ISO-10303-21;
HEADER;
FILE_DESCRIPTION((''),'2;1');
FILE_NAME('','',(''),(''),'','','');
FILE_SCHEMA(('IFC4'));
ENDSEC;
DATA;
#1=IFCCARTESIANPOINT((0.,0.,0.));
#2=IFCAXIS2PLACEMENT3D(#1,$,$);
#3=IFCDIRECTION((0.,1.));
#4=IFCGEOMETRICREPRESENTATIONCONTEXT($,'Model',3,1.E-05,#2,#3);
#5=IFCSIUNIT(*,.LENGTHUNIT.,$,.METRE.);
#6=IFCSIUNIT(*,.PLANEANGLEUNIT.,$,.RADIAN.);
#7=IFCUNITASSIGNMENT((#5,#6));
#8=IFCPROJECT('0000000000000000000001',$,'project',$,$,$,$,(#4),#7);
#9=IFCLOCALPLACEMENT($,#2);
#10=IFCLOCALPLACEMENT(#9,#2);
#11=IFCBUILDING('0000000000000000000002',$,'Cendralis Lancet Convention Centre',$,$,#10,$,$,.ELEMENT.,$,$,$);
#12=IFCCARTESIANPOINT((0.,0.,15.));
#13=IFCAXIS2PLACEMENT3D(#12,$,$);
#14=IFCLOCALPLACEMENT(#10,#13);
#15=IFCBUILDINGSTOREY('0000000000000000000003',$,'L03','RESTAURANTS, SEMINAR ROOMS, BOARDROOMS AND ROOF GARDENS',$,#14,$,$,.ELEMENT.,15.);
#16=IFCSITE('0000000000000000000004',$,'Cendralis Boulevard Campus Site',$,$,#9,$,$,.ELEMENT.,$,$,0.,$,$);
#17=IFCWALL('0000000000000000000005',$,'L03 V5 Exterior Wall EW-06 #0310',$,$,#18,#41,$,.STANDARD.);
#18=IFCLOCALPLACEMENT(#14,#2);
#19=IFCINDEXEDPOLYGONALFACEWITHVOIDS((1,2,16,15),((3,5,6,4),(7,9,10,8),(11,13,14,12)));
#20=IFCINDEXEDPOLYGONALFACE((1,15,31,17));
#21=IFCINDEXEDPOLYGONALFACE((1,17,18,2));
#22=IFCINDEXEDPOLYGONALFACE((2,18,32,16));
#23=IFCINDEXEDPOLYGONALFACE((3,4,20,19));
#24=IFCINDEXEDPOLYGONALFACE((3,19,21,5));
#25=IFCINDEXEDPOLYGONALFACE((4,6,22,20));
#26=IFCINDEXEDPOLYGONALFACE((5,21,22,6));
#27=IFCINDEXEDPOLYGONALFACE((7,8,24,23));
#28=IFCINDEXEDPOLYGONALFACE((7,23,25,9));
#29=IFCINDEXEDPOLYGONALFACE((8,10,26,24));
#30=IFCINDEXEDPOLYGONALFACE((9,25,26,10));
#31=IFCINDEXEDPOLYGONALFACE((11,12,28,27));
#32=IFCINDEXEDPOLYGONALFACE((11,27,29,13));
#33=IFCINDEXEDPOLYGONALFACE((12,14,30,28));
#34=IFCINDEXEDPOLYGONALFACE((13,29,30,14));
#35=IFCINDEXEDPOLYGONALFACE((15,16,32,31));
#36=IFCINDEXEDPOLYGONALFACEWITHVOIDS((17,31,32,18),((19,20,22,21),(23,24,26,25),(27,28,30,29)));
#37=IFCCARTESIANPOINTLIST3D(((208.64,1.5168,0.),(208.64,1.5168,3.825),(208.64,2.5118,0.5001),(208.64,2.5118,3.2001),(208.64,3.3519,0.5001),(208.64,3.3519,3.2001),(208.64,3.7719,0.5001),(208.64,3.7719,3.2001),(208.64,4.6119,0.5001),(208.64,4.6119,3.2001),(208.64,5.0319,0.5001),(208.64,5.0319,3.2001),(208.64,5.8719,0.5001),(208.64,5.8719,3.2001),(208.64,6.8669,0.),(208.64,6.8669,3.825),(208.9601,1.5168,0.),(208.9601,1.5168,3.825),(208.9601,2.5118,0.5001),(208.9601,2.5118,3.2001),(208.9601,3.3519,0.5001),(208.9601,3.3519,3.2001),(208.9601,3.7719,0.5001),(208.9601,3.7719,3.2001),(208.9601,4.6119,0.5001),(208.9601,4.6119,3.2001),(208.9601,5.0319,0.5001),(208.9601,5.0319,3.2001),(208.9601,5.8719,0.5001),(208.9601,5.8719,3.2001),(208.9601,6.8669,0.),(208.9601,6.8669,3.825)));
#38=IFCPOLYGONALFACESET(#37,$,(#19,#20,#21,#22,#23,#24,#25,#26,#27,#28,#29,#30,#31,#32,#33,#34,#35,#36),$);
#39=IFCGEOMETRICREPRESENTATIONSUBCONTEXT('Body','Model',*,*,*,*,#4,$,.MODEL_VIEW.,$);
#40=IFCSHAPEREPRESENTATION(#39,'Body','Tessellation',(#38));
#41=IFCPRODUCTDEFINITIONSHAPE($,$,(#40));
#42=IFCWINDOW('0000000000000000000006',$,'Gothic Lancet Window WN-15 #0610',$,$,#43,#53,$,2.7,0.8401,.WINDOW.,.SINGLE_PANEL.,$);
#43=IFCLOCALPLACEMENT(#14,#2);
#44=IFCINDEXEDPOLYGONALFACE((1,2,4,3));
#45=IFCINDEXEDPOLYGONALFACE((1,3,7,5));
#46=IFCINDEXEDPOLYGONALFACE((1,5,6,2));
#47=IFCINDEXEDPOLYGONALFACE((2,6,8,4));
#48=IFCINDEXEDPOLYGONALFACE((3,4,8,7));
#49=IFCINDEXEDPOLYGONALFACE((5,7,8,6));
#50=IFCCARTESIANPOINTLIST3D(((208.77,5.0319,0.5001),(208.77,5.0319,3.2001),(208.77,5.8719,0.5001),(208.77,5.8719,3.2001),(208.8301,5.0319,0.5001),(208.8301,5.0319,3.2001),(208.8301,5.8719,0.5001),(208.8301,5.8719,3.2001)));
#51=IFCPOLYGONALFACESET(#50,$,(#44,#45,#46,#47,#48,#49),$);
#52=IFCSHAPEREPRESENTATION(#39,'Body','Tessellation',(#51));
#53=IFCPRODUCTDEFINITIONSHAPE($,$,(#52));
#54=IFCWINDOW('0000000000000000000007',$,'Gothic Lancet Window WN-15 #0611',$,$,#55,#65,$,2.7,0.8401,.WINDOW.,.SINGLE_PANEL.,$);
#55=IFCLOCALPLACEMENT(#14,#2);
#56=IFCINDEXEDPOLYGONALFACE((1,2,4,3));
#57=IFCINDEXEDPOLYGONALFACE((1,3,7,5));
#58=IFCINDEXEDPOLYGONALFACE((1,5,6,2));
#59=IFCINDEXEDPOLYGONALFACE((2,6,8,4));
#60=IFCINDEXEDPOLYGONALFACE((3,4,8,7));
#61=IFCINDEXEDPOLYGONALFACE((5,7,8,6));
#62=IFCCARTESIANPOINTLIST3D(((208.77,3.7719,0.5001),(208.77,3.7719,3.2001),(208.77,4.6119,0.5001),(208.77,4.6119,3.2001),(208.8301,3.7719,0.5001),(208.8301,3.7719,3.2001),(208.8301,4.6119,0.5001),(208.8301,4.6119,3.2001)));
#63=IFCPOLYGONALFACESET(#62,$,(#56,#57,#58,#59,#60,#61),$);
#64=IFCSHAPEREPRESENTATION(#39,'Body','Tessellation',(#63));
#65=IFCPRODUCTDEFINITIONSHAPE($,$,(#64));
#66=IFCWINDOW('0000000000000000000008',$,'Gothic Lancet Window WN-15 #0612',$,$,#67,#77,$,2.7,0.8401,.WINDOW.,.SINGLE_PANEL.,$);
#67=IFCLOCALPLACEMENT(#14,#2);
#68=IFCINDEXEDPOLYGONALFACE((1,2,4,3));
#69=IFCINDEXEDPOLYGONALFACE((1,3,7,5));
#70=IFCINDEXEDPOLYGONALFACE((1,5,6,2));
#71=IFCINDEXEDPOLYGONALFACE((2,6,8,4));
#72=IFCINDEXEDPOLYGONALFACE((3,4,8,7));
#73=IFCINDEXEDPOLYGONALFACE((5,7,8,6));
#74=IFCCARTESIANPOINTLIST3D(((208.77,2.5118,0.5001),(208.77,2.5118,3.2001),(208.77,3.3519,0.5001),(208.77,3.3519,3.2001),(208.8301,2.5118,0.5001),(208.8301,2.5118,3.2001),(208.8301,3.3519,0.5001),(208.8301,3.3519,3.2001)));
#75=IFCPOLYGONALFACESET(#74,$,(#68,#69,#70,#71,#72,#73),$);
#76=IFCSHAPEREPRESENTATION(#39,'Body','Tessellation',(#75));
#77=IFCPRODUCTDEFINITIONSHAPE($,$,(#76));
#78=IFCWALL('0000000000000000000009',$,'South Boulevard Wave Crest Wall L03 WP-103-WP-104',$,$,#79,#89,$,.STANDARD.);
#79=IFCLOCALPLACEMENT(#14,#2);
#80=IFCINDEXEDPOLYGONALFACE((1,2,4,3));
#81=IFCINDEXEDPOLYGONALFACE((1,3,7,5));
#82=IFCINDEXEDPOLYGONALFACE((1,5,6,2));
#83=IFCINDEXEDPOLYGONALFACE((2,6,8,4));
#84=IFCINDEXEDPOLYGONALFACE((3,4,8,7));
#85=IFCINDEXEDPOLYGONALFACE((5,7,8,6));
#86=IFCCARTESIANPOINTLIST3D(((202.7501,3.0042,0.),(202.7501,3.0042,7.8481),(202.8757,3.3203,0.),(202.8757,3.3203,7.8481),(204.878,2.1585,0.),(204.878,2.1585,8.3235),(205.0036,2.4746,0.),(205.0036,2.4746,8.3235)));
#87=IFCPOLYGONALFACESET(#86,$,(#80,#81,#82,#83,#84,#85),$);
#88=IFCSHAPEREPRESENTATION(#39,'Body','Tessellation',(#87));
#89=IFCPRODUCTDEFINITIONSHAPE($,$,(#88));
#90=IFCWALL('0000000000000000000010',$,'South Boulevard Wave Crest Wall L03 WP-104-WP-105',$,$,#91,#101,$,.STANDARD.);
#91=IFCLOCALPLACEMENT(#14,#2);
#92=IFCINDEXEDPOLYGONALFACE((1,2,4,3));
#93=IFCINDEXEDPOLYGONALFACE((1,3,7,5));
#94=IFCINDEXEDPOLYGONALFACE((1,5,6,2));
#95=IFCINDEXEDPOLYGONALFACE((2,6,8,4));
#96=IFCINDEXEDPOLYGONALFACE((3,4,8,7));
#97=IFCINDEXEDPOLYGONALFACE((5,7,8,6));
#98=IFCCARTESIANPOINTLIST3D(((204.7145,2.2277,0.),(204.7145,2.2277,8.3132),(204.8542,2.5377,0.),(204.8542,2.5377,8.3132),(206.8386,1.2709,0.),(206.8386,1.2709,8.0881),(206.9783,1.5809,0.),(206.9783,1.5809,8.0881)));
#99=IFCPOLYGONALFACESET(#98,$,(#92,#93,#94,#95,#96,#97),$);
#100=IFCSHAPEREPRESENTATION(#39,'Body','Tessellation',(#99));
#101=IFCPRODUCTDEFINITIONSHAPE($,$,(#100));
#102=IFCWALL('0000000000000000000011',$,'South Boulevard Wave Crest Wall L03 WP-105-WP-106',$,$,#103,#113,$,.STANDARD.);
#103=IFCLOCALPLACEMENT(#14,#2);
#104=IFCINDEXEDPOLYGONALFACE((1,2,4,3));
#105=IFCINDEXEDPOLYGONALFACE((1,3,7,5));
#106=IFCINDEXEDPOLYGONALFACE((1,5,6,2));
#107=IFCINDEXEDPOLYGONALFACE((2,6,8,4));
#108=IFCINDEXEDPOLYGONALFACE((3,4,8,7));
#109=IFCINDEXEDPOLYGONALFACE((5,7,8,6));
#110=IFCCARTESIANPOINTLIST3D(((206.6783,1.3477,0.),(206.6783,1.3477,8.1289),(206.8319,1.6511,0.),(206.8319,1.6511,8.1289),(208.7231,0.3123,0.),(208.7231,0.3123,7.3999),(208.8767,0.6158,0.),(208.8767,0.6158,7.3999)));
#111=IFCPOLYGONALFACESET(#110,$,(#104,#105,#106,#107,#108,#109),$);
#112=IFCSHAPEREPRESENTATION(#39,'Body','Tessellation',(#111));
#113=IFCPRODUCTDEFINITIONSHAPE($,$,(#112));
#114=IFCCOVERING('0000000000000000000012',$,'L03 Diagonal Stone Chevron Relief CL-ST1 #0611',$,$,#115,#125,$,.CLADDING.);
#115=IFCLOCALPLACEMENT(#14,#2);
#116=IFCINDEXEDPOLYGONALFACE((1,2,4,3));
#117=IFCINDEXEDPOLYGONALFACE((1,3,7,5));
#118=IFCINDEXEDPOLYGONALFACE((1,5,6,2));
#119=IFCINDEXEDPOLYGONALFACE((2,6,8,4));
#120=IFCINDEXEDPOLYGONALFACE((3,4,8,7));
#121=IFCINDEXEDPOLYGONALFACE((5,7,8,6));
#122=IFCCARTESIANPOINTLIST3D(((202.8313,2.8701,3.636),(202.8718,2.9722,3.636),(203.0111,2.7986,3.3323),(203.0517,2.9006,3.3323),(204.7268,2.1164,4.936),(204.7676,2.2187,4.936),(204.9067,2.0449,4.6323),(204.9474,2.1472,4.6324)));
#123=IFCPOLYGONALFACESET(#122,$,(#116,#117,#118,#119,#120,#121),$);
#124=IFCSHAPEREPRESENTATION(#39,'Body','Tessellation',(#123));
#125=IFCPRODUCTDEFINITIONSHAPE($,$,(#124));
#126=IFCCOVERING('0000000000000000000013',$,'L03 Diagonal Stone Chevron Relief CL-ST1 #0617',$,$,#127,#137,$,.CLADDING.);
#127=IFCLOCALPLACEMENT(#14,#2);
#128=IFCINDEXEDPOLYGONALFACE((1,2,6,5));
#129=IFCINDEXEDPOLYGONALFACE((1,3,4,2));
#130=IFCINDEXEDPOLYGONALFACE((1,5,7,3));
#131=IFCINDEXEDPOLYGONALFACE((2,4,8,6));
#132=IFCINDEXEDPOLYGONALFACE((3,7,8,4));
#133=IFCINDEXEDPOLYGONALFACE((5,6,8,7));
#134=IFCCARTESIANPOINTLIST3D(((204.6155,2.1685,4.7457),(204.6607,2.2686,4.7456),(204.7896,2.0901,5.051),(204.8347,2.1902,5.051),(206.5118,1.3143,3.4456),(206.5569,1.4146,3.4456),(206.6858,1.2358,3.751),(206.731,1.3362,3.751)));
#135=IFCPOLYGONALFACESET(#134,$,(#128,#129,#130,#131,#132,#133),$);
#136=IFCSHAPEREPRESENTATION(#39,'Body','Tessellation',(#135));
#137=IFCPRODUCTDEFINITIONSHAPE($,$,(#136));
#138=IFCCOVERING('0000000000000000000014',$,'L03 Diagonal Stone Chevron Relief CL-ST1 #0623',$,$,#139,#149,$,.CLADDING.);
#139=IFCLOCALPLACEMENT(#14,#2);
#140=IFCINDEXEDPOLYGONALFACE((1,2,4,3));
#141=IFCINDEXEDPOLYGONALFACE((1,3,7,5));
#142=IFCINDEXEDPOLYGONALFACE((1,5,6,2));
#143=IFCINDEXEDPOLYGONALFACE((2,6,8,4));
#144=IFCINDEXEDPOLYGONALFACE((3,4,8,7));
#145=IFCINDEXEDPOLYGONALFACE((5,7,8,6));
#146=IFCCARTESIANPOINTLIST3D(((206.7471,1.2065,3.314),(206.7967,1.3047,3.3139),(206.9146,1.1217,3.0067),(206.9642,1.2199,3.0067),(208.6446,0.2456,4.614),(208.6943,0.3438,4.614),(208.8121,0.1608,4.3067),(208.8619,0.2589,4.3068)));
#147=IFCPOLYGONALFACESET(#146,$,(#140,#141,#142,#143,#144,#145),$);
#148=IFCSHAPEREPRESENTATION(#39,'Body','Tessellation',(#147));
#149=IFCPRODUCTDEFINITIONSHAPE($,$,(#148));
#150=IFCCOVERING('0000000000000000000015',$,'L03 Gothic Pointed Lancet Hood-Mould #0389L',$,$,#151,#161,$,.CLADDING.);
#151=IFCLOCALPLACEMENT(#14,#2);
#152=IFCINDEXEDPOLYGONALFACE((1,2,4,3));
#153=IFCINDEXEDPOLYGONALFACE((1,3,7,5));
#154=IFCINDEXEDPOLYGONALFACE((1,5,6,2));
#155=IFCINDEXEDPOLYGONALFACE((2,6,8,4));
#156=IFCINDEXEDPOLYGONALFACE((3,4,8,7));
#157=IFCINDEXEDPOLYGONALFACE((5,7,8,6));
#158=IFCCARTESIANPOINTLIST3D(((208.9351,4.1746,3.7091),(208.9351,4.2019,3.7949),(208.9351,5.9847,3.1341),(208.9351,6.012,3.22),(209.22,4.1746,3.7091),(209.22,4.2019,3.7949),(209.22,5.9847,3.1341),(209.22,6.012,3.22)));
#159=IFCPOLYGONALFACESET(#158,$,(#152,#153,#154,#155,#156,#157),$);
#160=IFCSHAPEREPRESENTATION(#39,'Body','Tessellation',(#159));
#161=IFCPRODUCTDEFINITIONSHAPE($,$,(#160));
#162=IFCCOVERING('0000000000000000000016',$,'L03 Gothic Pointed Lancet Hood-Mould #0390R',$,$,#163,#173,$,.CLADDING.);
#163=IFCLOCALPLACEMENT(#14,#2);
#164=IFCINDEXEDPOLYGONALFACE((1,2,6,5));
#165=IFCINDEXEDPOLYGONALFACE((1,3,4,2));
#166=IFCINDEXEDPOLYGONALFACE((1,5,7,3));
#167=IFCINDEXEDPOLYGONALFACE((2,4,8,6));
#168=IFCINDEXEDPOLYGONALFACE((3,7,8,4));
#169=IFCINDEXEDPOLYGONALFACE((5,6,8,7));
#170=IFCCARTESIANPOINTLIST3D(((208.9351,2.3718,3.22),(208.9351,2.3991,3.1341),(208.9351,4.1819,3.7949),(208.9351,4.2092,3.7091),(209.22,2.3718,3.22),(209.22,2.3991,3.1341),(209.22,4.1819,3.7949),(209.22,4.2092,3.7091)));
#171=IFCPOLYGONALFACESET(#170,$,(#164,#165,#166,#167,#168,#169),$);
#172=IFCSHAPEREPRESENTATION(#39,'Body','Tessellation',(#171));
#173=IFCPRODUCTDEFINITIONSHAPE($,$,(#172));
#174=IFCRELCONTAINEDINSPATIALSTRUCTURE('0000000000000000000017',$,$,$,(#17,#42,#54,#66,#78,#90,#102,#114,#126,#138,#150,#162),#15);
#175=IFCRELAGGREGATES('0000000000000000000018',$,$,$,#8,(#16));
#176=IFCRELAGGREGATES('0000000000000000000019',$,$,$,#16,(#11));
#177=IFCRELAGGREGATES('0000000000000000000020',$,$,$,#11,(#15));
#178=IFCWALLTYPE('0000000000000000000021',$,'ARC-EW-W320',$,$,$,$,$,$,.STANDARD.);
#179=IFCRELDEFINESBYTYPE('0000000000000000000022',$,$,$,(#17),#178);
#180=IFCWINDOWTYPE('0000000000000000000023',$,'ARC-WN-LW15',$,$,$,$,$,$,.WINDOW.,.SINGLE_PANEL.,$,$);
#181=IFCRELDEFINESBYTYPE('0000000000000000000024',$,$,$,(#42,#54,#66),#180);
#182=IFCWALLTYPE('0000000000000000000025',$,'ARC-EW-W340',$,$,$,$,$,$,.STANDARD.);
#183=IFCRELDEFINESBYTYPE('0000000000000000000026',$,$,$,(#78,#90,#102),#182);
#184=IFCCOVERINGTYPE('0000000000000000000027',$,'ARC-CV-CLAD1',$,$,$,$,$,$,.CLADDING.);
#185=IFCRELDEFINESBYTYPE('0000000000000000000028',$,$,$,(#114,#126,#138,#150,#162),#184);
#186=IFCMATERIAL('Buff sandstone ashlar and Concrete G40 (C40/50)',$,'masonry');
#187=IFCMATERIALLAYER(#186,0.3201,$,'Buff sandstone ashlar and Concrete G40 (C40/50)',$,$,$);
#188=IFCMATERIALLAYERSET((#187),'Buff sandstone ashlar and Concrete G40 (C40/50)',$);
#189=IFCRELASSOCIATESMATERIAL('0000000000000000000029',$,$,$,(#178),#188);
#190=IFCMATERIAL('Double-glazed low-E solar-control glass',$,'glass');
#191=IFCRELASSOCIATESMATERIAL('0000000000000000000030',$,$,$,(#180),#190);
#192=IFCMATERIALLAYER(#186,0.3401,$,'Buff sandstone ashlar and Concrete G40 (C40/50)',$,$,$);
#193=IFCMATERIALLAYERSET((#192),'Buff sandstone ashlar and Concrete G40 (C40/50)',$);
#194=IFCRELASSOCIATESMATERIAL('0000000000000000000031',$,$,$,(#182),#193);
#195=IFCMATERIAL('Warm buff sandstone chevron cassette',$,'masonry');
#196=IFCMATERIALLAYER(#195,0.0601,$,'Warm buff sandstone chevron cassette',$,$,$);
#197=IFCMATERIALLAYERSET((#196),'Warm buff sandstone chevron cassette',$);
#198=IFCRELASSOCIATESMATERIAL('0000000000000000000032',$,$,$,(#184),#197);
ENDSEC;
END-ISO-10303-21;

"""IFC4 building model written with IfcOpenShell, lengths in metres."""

from ifc_helpers import new_model, si_unit, direction, frame, frame_2d, origin, place, context, subcontext, project, spatial, polyline, rectangle, outline, extrude, material, layer, layer_set, type_object, element, fill, save


model = new_model("IFC4")

# Units and contexts
model_context = context("Model", 3, precision=1e-05, world=origin(), true_north=direction((0.0, 1.0)))
body_context = subcontext(model_context, "Body", "Model", "MODEL_VIEW")
ifc_project = project(units=[si_unit("LENGTHUNIT", "METRE"), si_unit("PLANEANGLEUNIT", "RADIAN")], contexts=[model_context])

# Site, building, storey
site_placement = place(None, origin())
site = spatial("IfcSite", under=ifc_project, at=site_placement, Name="Cendralis Boulevard Campus Site", CompositionType="ELEMENT", RefElevation=0.0)
building_placement = place(site_placement, origin())
building = spatial("IfcBuilding", under=site, at=building_placement, Name="Cendralis Lancet Convention Centre", CompositionType="ELEMENT")
storey_placement = place(building_placement, frame((0.0, 0.0, 15.0)))
storey = spatial("IfcBuildingStorey", under=building, at=storey_placement, Name="L03", Description="RESTAURANTS, SEMINAR ROOMS, BOARDROOMS AND ROOF GARDENS", CompositionType="ELEMENT", Elevation=15.0)

# Shared definitions
ifc_material_1 = material(Name="Warm buff sandstone chevron cassette", Category="masonry")

# Wall, openings, windows
ifc_material_2 = material(Name="Buff sandstone ashlar and Concrete G40 (C40/50)", Category="masonry")
ifc_layer_1 = layer(ifc_material_2, 0.3201, Name="Buff sandstone ashlar and Concrete G40 (C40/50)")
ifc_layer_set_1 = layer_set([ifc_layer_1], Name="Buff sandstone ashlar and Concrete G40 (C40/50)")
wall_type_1 = type_object("IfcWallType", Name="ARC-EW-W320", PredefinedType="STANDARD", material=ifc_layer_set_1)
wall_1_placement = place(storey_placement, frame((208.8, 6.8669, 0.0), z_axis=(0.0, 0.0, 1.0), x_axis=(0.0, -1.0, 0.0)))
wall_1 = element("IfcWall", 1, at=wall_1_placement, inside=storey, type_object=wall_type_1, Name="L03 V5 Exterior Wall EW-06 #0310", PredefinedType="STANDARD", context=body_context, shape_type="SweptSolid", body=[
    extrude(rectangle(XDim=5.3501, YDim=0.3201, at=frame_2d((2.675, 0.0))), origin(), (0.0, 0.0, 1.0), 3.825),
])
opening_1_placement = place(wall_1_placement, frame((0.9951, 0.0, 0.5)))
opening_1 = element("IfcOpeningElement", 2, at=opening_1_placement, cuts=wall_1, PredefinedType="OPENING", context=body_context, shape_type="SweptSolid", body=[
    extrude(rectangle(XDim=0.8401, YDim=2.7, at=frame_2d((0.4199, 1.3501))), frame((0.0, 0.1699, 0.0), z_axis=(0.0, -1.0, 0.0), x_axis=(1.0, 0.0, 0.0)), (0.0, 0.0, 1.0), 0.3401),
])
opening_2_placement = place(wall_1_placement, frame((2.2551, 0.0, 0.5)))
opening_2 = element("IfcOpeningElement", 3, at=opening_2_placement, cuts=wall_1, PredefinedType="OPENING", context=body_context, shape_type="SweptSolid", body=[
    extrude(rectangle(XDim=0.8401, YDim=2.7, at=frame_2d((0.4199, 1.3501))), frame((0.0, 0.1699, 0.0), z_axis=(0.0, -1.0, 0.0), x_axis=(1.0, 0.0, 0.0)), (0.0, 0.0, 1.0), 0.3401),
])
opening_3_placement = place(wall_1_placement, frame((3.5151, 0.0, 0.5)))
opening_3 = element("IfcOpeningElement", 4, at=opening_3_placement, cuts=wall_1, PredefinedType="OPENING", context=body_context, shape_type="SweptSolid", body=[
    extrude(rectangle(XDim=0.8401, YDim=2.7, at=frame_2d((0.4199, 1.3501))), frame((0.0, 0.1699, 0.0), z_axis=(0.0, -1.0, 0.0), x_axis=(1.0, 0.0, 0.0)), (0.0, 0.0, 1.0), 0.3401),
])
ifc_material_3 = material(Name="Double-glazed low-E solar-control glass", Category="glass")
window_type = type_object("IfcWindowType", Name="ARC-WN-LW15", PartitioningType="SINGLE_PANEL", PredefinedType="WINDOW", material=ifc_material_3)
window_1_placement = place(opening_1_placement, origin())
window_1 = element("IfcWindow", 5, at=window_1_placement, inside=storey, type_object=window_type, Name="Gothic Lancet Window WN-15 #0610", OverallHeight=2.7, OverallWidth=0.8401, PartitioningType="SINGLE_PANEL", PredefinedType="WINDOW", context=body_context, shape_type="SweptSolid", body=[
    extrude(rectangle(XDim=0.8401, YDim=2.7, at=frame_2d((0.4199, 1.3501))), frame((0.0, 0.03, 0.0), z_axis=(0.0, -1.0, 0.0), x_axis=(1.0, 0.0, 0.0)), (0.0, 0.0, 1.0), 0.0601),
])
fill(opening_1, window_1)
window_2_placement = place(opening_2_placement, origin())
window_2 = element("IfcWindow", 6, at=window_2_placement, inside=storey, type_object=window_type, Name="Gothic Lancet Window WN-15 #0611", OverallHeight=2.7, OverallWidth=0.8401, PartitioningType="SINGLE_PANEL", PredefinedType="WINDOW", context=body_context, shape_type="SweptSolid", body=[
    extrude(rectangle(XDim=0.8401, YDim=2.7, at=frame_2d((0.4199, 1.3501))), frame((0.0, 0.03, 0.0), z_axis=(0.0, -1.0, 0.0), x_axis=(1.0, 0.0, 0.0)), (0.0, 0.0, 1.0), 0.0601),
])
fill(opening_2, window_2)
window_3_placement = place(opening_3_placement, origin())
window_3 = element("IfcWindow", 7, at=window_3_placement, inside=storey, type_object=window_type, Name="Gothic Lancet Window WN-15 #0612", OverallHeight=2.7, OverallWidth=0.8401, PartitioningType="SINGLE_PANEL", PredefinedType="WINDOW", context=body_context, shape_type="SweptSolid", body=[
    extrude(rectangle(XDim=0.8401, YDim=2.7, at=frame_2d((0.4199, 1.3501))), frame((0.0, 0.03, 0.0), z_axis=(0.0, -1.0, 0.0), x_axis=(1.0, 0.0, 0.0)), (0.0, 0.0, 1.0), 0.0601),
])
fill(opening_3, window_3)

# Walls
ifc_layer_2 = layer(ifc_material_2, 0.3401, Name="Buff sandstone ashlar and Concrete G40 (C40/50)")
ifc_layer_set_2 = layer_set([ifc_layer_2], Name="Buff sandstone ashlar and Concrete G40 (C40/50)")
wall_type_2 = type_object("IfcWallType", Name="ARC-EW-W340", PredefinedType="STANDARD", material=ifc_layer_set_2)
wall_2_placement = place(storey_placement, frame((202.813, 3.1624, 0.0), z_axis=(0.0, 0.0, 1.0), x_axis=(0.929298, -0.369331, 0.0)))
element("IfcWall", 8, at=wall_2_placement, inside=storey, type_object=wall_type_2, Name="South Boulevard Wave Crest Wall L03 WP-103-WP-104", PredefinedType="STANDARD", context=body_context, shape_type="SweptSolid", body=[
    extrude(outline(polyline([(0.0, 0.0), (2.2898, 0.0), (2.2898, 8.3235), (0.0, 7.8481), (0.0, 0.0)])), frame((0.0, 0.1699, 0.0), z_axis=(0.0, -1.0, 0.0), x_axis=(1.0, 0.0, 0.0)), (0.0, 0.0, 1.0), 0.3401),
])
wall_3_placement = place(storey_placement, frame((204.7844, 2.3828, 0.0), z_axis=(0.0, 0.0, 1.0), x_axis=(0.911765, -0.410713, 0.0)))
element("IfcWall", 9, at=wall_3_placement, inside=storey, type_object=wall_type_2, Name="South Boulevard Wave Crest Wall L03 WP-104-WP-105", PredefinedType="STANDARD", context=body_context, shape_type="SweptSolid", body=[
    extrude(outline(polyline([(0.0, 0.0), (2.3296, 0.0), (2.3296, 8.0881), (0.0, 8.3132), (0.0, 0.0)])), frame((0.0, 0.1699, 0.0), z_axis=(0.0, -1.0, 0.0), x_axis=(1.0, 0.0, 0.0)), (0.0, 0.0, 1.0), 0.3401),
])
wall_4_placement = place(storey_placement, frame((206.7551, 1.4995, 0.0), z_axis=(0.0, 0.0, 1.0), x_axis=(0.892158, -0.451724, 0.0)))
element("IfcWall", 10, at=wall_4_placement, inside=storey, type_object=wall_type_2, Name="South Boulevard Wave Crest Wall L03 WP-105-WP-106", PredefinedType="STANDARD", context=body_context, shape_type="SweptSolid", body=[
    extrude(outline(polyline([(0.0, 0.0), (2.292, 0.0), (2.292, 7.3999), (0.0, 8.1289), (0.0, 0.0)])), frame((0.0, 0.1699, 0.0), z_axis=(0.0, -1.0, 0.0), x_axis=(1.0, 0.0, 0.0)), (0.0, 0.0, 1.0), 0.3401),
])

# Coverings
ifc_layer_3 = layer(ifc_material_1, 0.0601, Name="Warm buff sandstone chevron cassette")
ifc_layer_set_3 = layer_set([ifc_layer_3], Name="Warm buff sandstone chevron cassette")
covering_type_1 = type_object("IfcCoveringType", Name="ARC-CV-CLAD1", PredefinedType="CLADDING", material=ifc_layer_set_3)
covering_1_placement = place(storey_placement, frame((202.8313, 2.8701, 3.636), z_axis=(-0.499371, 0.198675, 0.843301), x_axis=(0.783631, -0.311575, 0.537441)))
element("IfcCovering", 11, at=covering_1_placement, inside=storey, type_object=covering_type_1, Name="L03 Diagonal Stone Chevron Relief CL-ST1 #0611", PredefinedType="CLADDING", context=body_context, shape_type="SweptSolid", body=[
    extrude(outline(polyline([(0.0, 0.0), (2.4189, 0.0), (2.419, 0.1101), (0.0, 0.1098), (0.0, 0.0)])), origin(), (0.0, 0.0, -1.0), 0.3601),
])
covering_2_placement = place(storey_placement, frame((204.7896, 2.0901, 5.051), z_axis=(0.483255, -0.217789, 0.847958), x_axis=(0.773128, -0.348291, -0.530064)))
element("IfcCovering", 12, at=covering_2_placement, inside=storey, type_object=covering_type_1, Name="L03 Diagonal Stone Chevron Relief CL-ST1 #0617", PredefinedType="CLADDING", context=body_context, shape_type="SweptSolid", body=[
    extrude(outline(polyline([(0.0, 0.0), (2.4527, 0.0), (2.4526, 0.11), (0.0001, 0.1098), (0.0, 0.0)])), origin(), (0.0, 0.0, -1.0), 0.3601),
])
covering_3_placement = place(storey_placement, frame((206.7471, 1.2065, 3.314), z_axis=(-0.465289, 0.235538, 0.853246), x_axis=(0.761197, -0.385496, 0.521509)))
element("IfcCovering", 13, at=covering_3_placement, inside=storey, type_object=covering_type_1, Name="L03 Diagonal Stone Chevron Relief CL-ST1 #0623", PredefinedType="CLADDING", context=body_context, shape_type="SweptSolid", body=[
    extrude(outline(polyline([(0.0, 0.0), (2.4928, 0.0), (2.4928, 0.1101), (-0.0001, 0.1099), (0.0, 0.0)])), origin(), (0.0, 0.0, -1.0), 0.3601),
])
for number, where, z_axis, x_axis, name in (
    (14, (209.22, 6.012, 3.22), (0.0, 0.302737, 0.953074), (-1.0, 0.0, 0.0), "L03 Gothic Pointed Lancet Hood-Mould #0389L"),
    (15, (209.22, 4.1819, 3.7949), (0.0, -0.302737, 0.953074), (-1.0, 0.0, 0.0), "L03 Gothic Pointed Lancet Hood-Mould #0390R"),
):
    element("IfcCovering", number, at=place(storey_placement, frame(where, z_axis=z_axis, x_axis=x_axis)), inside=storey, type_object=covering_type_1, Name=name, PredefinedType="CLADDING", context=body_context, shape_type="SweptSolid", body=[
        extrude(outline(polyline([(0.0, 0.0), (0.2849, 0.0), (0.2849, 1.8992), (0.0, 1.8992), (0.0, 0.0)])), origin(), (0.0, 0.0, -1.0), 0.0901),
    ])

save(model, "model.ifc")
